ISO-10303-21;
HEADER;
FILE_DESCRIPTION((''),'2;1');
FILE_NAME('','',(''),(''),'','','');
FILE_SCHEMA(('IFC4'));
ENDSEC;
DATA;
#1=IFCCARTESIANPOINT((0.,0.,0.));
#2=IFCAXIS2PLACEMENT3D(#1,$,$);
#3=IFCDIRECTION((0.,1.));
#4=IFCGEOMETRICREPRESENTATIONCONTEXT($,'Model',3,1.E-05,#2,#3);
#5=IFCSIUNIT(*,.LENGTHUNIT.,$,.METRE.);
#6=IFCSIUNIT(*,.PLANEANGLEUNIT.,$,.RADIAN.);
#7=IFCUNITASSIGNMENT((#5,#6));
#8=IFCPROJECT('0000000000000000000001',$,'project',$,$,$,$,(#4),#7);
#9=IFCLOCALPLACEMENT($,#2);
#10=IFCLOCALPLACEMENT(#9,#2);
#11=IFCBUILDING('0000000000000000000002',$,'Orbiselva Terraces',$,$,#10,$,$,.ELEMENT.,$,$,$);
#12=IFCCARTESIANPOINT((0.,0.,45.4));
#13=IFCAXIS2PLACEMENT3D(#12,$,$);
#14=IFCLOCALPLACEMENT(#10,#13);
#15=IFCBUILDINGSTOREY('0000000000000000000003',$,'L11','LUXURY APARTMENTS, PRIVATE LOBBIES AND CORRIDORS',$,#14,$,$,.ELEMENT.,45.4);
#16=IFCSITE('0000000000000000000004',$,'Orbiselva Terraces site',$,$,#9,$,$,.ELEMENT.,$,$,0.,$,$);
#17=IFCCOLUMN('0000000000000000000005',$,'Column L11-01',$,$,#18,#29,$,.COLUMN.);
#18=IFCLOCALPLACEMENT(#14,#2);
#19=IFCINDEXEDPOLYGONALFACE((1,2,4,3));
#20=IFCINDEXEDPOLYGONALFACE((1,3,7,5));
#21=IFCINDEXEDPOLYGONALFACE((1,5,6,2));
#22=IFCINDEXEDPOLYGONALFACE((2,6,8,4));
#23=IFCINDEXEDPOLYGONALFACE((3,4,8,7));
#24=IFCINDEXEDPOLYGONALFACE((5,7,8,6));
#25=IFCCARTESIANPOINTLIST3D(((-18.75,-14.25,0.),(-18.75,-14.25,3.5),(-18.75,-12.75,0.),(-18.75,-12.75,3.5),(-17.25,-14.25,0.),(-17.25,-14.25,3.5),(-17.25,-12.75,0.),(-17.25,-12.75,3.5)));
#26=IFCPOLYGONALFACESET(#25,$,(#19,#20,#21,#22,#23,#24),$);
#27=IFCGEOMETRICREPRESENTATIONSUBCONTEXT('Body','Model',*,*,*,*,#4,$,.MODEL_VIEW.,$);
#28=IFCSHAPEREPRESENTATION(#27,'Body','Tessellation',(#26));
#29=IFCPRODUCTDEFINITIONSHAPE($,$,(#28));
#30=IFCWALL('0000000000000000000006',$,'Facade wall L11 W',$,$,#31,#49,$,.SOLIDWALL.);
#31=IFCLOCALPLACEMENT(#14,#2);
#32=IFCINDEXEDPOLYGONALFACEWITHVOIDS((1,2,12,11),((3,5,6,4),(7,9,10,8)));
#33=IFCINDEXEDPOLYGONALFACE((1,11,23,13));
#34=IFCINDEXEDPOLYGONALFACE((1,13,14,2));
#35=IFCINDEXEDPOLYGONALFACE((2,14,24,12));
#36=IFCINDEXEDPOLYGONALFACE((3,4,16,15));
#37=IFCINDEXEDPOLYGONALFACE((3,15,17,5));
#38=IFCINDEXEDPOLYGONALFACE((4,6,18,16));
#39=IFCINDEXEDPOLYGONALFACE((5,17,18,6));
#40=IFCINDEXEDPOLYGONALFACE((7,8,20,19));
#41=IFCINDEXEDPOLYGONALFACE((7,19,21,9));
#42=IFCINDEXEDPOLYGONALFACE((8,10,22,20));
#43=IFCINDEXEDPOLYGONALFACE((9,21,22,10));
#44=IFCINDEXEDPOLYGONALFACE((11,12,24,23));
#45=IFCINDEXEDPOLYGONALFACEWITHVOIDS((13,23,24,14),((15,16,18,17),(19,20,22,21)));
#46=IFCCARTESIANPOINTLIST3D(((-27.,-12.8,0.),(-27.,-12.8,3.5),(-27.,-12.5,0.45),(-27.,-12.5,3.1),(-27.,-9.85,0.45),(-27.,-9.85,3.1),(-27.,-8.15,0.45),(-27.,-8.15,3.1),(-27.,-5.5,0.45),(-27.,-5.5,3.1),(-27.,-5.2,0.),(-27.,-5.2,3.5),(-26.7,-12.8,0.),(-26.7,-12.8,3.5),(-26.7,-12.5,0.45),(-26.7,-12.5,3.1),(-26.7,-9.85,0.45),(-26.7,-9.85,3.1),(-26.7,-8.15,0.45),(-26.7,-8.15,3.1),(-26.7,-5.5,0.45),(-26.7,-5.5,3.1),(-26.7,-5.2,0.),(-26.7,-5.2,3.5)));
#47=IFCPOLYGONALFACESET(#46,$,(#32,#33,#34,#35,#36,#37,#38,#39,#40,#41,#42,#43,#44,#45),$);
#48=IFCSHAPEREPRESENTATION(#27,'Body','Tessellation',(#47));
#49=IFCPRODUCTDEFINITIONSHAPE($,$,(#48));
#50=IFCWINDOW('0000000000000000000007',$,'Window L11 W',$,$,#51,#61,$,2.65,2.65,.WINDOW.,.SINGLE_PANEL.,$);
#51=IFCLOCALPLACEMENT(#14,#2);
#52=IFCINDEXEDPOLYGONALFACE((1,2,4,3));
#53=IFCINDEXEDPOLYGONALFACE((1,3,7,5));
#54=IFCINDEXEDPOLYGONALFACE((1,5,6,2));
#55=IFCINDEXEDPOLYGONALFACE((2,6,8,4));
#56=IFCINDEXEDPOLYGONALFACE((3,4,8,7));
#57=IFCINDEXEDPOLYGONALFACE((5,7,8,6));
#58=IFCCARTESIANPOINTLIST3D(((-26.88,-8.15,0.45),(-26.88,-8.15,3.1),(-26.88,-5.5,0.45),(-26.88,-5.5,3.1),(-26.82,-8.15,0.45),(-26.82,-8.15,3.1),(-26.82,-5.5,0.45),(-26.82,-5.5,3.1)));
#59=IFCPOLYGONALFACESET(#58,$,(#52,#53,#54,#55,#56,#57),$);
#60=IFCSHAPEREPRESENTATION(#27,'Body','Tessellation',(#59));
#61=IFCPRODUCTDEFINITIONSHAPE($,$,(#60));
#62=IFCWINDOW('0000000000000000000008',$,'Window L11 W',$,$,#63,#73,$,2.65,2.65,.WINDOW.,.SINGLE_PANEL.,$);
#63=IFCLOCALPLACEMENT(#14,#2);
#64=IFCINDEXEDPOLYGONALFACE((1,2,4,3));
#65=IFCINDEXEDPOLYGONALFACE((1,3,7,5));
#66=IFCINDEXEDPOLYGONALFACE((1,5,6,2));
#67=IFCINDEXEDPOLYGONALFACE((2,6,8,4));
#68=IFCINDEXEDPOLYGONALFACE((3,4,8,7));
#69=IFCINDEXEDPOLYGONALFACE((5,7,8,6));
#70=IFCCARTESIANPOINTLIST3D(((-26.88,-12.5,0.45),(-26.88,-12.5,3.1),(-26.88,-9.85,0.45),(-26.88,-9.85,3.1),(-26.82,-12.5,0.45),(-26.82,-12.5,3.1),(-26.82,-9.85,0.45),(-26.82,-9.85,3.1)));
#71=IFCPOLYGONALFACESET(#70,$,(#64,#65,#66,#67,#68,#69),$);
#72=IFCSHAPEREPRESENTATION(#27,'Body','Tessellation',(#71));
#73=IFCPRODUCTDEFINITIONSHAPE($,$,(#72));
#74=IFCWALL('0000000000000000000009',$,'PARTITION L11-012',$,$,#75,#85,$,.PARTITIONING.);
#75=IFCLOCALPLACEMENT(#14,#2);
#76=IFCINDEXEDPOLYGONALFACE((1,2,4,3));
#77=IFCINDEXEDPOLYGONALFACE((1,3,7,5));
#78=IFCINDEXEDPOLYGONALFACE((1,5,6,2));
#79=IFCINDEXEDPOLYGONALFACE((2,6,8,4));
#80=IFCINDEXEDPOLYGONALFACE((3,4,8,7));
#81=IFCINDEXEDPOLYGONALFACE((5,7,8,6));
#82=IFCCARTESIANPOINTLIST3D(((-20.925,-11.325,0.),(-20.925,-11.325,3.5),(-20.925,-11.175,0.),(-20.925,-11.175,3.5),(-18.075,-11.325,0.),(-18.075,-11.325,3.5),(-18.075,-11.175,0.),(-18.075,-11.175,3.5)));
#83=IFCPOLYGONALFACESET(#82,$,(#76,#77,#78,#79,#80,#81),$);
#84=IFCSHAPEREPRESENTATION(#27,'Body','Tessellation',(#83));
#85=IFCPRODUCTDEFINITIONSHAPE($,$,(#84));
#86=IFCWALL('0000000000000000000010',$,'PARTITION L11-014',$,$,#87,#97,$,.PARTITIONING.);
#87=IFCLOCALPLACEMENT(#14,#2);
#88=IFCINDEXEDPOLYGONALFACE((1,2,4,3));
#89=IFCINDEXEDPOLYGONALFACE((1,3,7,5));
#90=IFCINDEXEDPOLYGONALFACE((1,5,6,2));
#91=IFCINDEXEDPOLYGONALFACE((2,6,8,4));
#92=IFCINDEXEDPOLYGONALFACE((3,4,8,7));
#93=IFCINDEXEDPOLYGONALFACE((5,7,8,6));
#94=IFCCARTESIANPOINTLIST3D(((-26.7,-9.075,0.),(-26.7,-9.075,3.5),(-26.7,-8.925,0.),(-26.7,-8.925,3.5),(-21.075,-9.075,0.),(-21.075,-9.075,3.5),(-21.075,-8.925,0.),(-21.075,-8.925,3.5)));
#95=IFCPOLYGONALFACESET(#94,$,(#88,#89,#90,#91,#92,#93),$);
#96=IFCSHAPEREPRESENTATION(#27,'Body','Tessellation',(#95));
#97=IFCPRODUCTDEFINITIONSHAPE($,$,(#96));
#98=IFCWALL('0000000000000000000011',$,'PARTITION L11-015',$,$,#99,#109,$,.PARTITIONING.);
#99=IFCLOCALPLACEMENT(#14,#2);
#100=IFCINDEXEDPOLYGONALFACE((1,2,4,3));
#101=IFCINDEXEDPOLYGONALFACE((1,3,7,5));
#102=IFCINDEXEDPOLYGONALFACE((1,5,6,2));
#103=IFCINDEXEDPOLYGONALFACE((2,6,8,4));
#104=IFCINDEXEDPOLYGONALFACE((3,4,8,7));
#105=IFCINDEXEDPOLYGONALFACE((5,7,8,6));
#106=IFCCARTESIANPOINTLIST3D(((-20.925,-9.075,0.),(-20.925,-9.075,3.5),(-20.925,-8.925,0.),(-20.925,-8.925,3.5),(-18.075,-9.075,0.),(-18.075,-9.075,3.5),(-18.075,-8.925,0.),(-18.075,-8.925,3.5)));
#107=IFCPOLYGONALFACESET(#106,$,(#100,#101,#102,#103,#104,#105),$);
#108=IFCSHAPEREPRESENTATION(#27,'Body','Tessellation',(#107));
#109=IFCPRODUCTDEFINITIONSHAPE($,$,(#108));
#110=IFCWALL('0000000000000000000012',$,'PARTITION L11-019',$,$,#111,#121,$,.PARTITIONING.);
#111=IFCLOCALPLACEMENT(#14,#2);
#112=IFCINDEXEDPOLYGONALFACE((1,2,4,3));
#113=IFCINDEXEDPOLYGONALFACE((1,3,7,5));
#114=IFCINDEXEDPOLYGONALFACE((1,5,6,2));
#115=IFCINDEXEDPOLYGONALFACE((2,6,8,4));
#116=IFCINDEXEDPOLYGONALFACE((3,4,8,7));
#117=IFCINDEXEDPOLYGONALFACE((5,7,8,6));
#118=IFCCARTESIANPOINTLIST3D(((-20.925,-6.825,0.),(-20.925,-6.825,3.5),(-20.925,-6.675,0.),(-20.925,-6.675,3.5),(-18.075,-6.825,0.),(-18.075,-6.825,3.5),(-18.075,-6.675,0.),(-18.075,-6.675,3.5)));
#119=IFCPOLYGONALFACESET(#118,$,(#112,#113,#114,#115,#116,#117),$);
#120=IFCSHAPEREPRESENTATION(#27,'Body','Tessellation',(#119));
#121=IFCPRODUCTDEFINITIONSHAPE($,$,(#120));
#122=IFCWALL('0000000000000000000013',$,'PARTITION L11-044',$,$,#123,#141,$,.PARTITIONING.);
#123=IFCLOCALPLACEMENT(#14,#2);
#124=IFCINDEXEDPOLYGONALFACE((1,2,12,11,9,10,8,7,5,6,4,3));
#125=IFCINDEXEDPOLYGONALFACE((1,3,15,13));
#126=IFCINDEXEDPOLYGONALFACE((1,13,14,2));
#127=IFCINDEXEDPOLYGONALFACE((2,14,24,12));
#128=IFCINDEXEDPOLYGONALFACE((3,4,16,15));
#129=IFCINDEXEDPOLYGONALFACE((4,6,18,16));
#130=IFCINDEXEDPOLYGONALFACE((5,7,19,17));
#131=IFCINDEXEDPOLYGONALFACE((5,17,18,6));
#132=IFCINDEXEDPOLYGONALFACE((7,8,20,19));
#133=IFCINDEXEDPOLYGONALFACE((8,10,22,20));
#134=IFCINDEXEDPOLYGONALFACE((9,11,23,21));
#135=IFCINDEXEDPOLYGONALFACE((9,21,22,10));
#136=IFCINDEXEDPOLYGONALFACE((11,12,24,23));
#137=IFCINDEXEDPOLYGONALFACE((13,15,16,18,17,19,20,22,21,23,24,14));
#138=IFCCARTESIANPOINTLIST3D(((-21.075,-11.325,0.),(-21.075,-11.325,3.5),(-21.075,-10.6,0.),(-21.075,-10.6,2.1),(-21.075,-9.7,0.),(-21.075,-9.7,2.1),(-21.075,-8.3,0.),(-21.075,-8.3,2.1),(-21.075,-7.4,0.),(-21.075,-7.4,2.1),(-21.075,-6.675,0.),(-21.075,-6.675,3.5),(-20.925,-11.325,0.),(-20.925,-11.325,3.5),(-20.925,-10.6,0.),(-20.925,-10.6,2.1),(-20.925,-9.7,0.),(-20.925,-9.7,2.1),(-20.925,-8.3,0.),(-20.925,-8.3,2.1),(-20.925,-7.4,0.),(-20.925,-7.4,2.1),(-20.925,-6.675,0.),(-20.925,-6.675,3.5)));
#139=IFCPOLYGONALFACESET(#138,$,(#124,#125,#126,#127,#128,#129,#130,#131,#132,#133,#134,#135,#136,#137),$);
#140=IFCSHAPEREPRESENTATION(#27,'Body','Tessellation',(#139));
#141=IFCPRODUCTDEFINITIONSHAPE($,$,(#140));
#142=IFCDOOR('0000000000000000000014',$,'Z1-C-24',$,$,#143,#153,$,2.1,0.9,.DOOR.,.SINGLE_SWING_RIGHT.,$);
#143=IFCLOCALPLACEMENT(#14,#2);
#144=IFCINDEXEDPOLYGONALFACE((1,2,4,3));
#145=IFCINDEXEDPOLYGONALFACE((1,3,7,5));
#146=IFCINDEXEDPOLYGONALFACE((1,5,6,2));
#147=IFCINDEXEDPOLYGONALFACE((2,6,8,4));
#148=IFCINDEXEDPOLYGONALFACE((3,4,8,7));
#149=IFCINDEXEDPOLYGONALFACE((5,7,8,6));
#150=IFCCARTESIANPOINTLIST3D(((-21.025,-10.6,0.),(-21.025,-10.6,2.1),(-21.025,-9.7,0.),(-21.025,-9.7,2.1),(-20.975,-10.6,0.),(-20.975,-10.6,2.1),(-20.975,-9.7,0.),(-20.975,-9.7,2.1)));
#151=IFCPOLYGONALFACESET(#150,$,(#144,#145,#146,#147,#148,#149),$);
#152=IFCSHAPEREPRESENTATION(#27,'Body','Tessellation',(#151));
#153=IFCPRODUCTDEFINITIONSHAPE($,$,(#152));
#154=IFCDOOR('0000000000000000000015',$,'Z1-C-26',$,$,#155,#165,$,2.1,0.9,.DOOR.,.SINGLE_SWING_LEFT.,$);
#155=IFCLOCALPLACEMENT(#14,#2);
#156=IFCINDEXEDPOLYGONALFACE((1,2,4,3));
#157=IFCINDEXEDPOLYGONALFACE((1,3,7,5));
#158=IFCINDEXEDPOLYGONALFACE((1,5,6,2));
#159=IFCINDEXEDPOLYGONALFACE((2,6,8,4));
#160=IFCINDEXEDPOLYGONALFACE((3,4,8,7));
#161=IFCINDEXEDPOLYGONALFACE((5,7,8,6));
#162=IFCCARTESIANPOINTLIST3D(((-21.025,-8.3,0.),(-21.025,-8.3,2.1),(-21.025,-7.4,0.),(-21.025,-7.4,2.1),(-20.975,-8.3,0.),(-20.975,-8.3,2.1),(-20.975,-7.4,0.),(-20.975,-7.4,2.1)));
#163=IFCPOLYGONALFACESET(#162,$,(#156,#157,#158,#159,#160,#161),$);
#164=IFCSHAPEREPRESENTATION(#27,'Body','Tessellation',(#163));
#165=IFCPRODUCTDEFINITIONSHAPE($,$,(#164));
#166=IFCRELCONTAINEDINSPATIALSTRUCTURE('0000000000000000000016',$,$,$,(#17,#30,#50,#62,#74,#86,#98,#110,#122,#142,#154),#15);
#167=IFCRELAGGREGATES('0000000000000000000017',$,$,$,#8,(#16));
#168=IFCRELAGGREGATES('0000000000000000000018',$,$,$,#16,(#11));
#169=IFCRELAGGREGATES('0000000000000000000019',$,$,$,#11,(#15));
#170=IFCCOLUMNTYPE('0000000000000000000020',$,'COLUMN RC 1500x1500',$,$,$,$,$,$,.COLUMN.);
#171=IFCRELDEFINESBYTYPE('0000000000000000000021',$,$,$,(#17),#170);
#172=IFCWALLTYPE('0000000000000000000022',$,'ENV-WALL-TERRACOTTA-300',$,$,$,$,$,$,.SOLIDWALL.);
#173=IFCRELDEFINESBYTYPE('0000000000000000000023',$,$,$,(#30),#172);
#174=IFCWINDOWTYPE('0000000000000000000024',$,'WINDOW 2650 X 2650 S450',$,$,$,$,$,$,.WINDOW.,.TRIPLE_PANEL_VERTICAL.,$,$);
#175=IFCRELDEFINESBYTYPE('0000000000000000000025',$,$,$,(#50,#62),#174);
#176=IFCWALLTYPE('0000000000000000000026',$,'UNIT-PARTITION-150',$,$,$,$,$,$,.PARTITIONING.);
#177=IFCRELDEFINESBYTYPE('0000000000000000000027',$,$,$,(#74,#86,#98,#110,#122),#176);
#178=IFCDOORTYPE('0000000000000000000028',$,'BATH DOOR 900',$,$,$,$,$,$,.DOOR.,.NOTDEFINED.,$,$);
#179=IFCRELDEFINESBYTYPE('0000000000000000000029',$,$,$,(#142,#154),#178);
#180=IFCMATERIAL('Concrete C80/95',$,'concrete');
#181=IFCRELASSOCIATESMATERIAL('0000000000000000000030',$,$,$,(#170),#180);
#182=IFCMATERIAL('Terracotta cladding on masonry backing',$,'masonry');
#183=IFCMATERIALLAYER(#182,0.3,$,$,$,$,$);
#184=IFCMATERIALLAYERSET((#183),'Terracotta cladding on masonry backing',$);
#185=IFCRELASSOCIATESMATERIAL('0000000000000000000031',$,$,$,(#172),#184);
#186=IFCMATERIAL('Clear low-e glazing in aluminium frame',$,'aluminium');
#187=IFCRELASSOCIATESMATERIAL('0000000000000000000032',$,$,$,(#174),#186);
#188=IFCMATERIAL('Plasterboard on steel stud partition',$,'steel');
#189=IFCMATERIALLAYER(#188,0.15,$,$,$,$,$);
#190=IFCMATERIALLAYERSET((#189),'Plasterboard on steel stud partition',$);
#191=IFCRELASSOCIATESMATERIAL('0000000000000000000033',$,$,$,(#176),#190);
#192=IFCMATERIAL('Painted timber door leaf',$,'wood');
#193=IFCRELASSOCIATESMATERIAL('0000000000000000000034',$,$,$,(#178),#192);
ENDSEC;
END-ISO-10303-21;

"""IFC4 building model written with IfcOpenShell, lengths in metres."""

from ifc_helpers import new_model, si_unit, direction, frame, frame_2d, origin, origin_2d, place, context, subcontext, project, spatial, rectangle, extrude, material, layer, layer_set, material_profile, profile_set, type_object, element, fill, save


model = new_model("IFC4")

# Units and contexts
model_context = context("Model", 3, precision=1e-05, world=origin(), true_north=direction((0.0, 1.0)))
body_context = subcontext(model_context, "Body", "Model", "MODEL_VIEW")
ifc_project = project(units=[si_unit("LENGTHUNIT", "METRE"), si_unit("PLANEANGLEUNIT", "RADIAN")], contexts=[model_context])

# Site, building, storey
site_placement = place(None, origin())
site = spatial("IfcSite", under=ifc_project, at=site_placement, Name="Orbiselva Terraces site", CompositionType="ELEMENT", RefElevation=0.0)
building_placement = place(site_placement, origin())
building = spatial("IfcBuilding", under=site, at=building_placement, Name="Orbiselva Terraces", CompositionType="ELEMENT")
storey_placement = place(building_placement, frame((0.0, 0.0, 45.4)))
storey = spatial("IfcBuildingStorey", under=building, at=storey_placement, Name="L11", Description="LUXURY APARTMENTS, PRIVATE LOBBIES AND CORRIDORS", CompositionType="ELEMENT", Elevation=45.4)

# Column
ifc_material_1 = material(Name="Concrete C80/95", Category="concrete")
ifc_material_profile = material_profile(ifc_material_1, rectangle(XDim=1.5, YDim=1.5, at=origin_2d()), Name="RC 1500x1500")
ifc_profile_set = profile_set([ifc_material_profile], Name="Concrete C80/95")
column_type = type_object("IfcColumnType", Name="COLUMN RC 1500x1500", PredefinedType="COLUMN", material=ifc_profile_set)
column_placement = place(storey_placement, frame((-18.0, -13.5, 0.0), z_axis=(0.0, 0.0, 1.0), x_axis=(1.0, 0.0, 0.0)))
element("IfcColumn", 1, at=column_placement, inside=storey, type_object=column_type, Name="Column L11-01", PredefinedType="COLUMN", context=body_context, shape_type="SweptSolid", body=[
    extrude(rectangle(XDim=1.5, YDim=1.5, at=origin_2d()), origin(), (0.0, 0.0, 1.0), 3.5),
])

# Wall, openings, windows
ifc_material_2 = material(Name="Terracotta cladding on masonry backing", Category="masonry")
ifc_layer_1 = layer(ifc_material_2, 0.3)
ifc_layer_set_1 = layer_set([ifc_layer_1], Name="Terracotta cladding on masonry backing")
wall_type_1 = type_object("IfcWallType", Name="ENV-WALL-TERRACOTTA-300", PredefinedType="SOLIDWALL", material=ifc_layer_set_1)
wall_1_placement = place(storey_placement, frame((-26.85, -12.8, 0.0), z_axis=(0.0, 0.0, 1.0), x_axis=(0.0, 1.0, 0.0)))
wall_1 = element("IfcWall", 2, at=wall_1_placement, inside=storey, type_object=wall_type_1, Name="Facade wall L11 W", PredefinedType="SOLIDWALL", context=body_context, shape_type="SweptSolid", body=[
    extrude(rectangle(XDim=7.6, YDim=0.3, at=frame_2d((3.8, 0.0))), origin(), (0.0, 0.0, 1.0), 3.5),
])
opening_1_placement = place(wall_1_placement, frame((4.65, 0.0, 0.45)))
opening_1 = element("IfcOpeningElement", 3, at=opening_1_placement, cuts=wall_1, PredefinedType="OPENING", context=body_context, shape_type="SweptSolid", body=[
    extrude(rectangle(XDim=2.65, YDim=2.65, at=frame_2d((1.325, 1.325))), frame((0.0, 0.16, 0.0), z_axis=(0.0, -1.0, 0.0), x_axis=(1.0, 0.0, 0.0)), (0.0, 0.0, 1.0), 0.32),
])
opening_2_placement = place(wall_1_placement, frame((0.3, 0.0, 0.45)))
opening_2 = element("IfcOpeningElement", 4, at=opening_2_placement, cuts=wall_1, PredefinedType="OPENING", context=body_context, shape_type="SweptSolid", body=[
    extrude(rectangle(XDim=2.65, YDim=2.65, at=frame_2d((1.325, 1.325))), frame((0.0, 0.16, 0.0), z_axis=(0.0, -1.0, 0.0), x_axis=(1.0, 0.0, 0.0)), (0.0, 0.0, 1.0), 0.32),
])
ifc_material_3 = material(Name="Clear low-e glazing in aluminium frame", Category="aluminium")
window_type = type_object("IfcWindowType", Name="WINDOW 2650 X 2650 S450", PartitioningType="TRIPLE_PANEL_VERTICAL", PredefinedType="WINDOW", material=ifc_material_3)
window_1_placement = place(opening_1_placement, origin())
window_1 = element("IfcWindow", 5, at=window_1_placement, inside=storey, type_object=window_type, Name="Window L11 W", OverallHeight=2.65, OverallWidth=2.65, PartitioningType="SINGLE_PANEL", PredefinedType="WINDOW", context=body_context, shape_type="SweptSolid", body=[
    extrude(rectangle(XDim=2.65, YDim=2.65, at=frame_2d((1.325, 1.325))), frame((0.0, 0.03, 0.0), z_axis=(0.0, -1.0, 0.0), x_axis=(1.0, 0.0, 0.0)), (0.0, 0.0, 1.0), 0.06),
])
fill(opening_1, window_1)
window_2_placement = place(opening_2_placement, origin())
window_2 = element("IfcWindow", 6, at=window_2_placement, inside=storey, type_object=window_type, Name="Window L11 W", OverallHeight=2.65, OverallWidth=2.65, PartitioningType="SINGLE_PANEL", PredefinedType="WINDOW", context=body_context, shape_type="SweptSolid", body=[
    extrude(rectangle(XDim=2.65, YDim=2.65, at=frame_2d((1.325, 1.325))), frame((0.0, 0.03, 0.0), z_axis=(0.0, -1.0, 0.0), x_axis=(1.0, 0.0, 0.0)), (0.0, 0.0, 1.0), 0.06),
])
fill(opening_2, window_2)

# Walls
ifc_material_4 = material(Name="Plasterboard on steel stud partition", Category="steel")
ifc_layer_2 = layer(ifc_material_4, 0.15)
ifc_layer_set_2 = layer_set([ifc_layer_2], Name="Plasterboard on steel stud partition")
wall_type_2 = type_object("IfcWallType", Name="UNIT-PARTITION-150", PredefinedType="PARTITIONING", material=ifc_layer_set_2)
wall_2_placement = place(storey_placement, frame((-20.925, -11.25, 0.0), z_axis=(0.0, 0.0, 1.0), x_axis=(1.0, 0.0, 0.0)))
element("IfcWall", 7, at=wall_2_placement, inside=storey, type_object=wall_type_2, Name="PARTITION L11-012", PredefinedType="PARTITIONING", context=body_context, shape_type="SweptSolid", body=[
    extrude(rectangle(XDim=2.85, YDim=0.15, at=frame_2d((1.425, 0.0))), origin(), (0.0, 0.0, 1.0), 3.5),
])
wall_3_placement = place(storey_placement, frame((-26.7, -9.0, 0.0), z_axis=(0.0, 0.0, 1.0), x_axis=(1.0, 0.0, 0.0)))
element("IfcWall", 8, at=wall_3_placement, inside=storey, type_object=wall_type_2, Name="PARTITION L11-014", PredefinedType="PARTITIONING", context=body_context, shape_type="SweptSolid", body=[
    extrude(rectangle(XDim=5.625, YDim=0.15, at=frame_2d((2.8125, 0.0))), origin(), (0.0, 0.0, 1.0), 3.5),
])
for number, where, z_axis, x_axis, name in (
    (9, (-20.925, -9.0, 0.0), (0.0, 0.0, 1.0), (1.0, 0.0, 0.0), "PARTITION L11-015"),
    (10, (-20.925, -6.75, 0.0), (0.0, 0.0, 1.0), (1.0, 0.0, 0.0), "PARTITION L11-019"),
):
    element("IfcWall", number, at=place(storey_placement, frame(where, z_axis=z_axis, x_axis=x_axis)), inside=storey, type_object=wall_type_2, Name=name, PredefinedType="PARTITIONING", context=body_context, shape_type="SweptSolid", body=[
        extrude(rectangle(XDim=2.85, YDim=0.15, at=frame_2d((1.425, 0.0))), origin(), (0.0, 0.0, 1.0), 3.5),
    ])

# Wall, openings, doors
wall_4_placement = place(storey_placement, frame((-21.0, -6.675, 0.0), z_axis=(0.0, 0.0, 1.0), x_axis=(0.0, -1.0, 0.0)))
wall_4 = element("IfcWall", 11, at=wall_4_placement, inside=storey, type_object=wall_type_2, Name="PARTITION L11-044", PredefinedType="PARTITIONING", context=body_context, shape_type="SweptSolid", body=[
    extrude(rectangle(XDim=4.65, YDim=0.15, at=frame_2d((2.325, 0.0))), origin(), (0.0, 0.0, 1.0), 3.5),
])
opening_3_placement = place(wall_4_placement, frame((3.025, 0.0, 0.0)))
opening_3 = element("IfcOpeningElement", 12, at=opening_3_placement, cuts=wall_4, PredefinedType="OPENING", context=body_context, shape_type="SweptSolid", body=[
    extrude(rectangle(XDim=0.9, YDim=2.1, at=frame_2d((0.45, 1.05))), frame((0.0, 0.085, 0.0), z_axis=(0.0, -1.0, 0.0), x_axis=(1.0, 0.0, 0.0)), (0.0, 0.0, 1.0), 0.17),
])
opening_4_placement = place(wall_4_placement, frame((0.725, 0.0, 0.0)))
opening_4 = element("IfcOpeningElement", 13, at=opening_4_placement, cuts=wall_4, PredefinedType="OPENING", context=body_context, shape_type="SweptSolid", body=[
    extrude(rectangle(XDim=0.9, YDim=2.1, at=frame_2d((0.45, 1.05))), frame((0.0, 0.085, 0.0), z_axis=(0.0, -1.0, 0.0), x_axis=(1.0, 0.0, 0.0)), (0.0, 0.0, 1.0), 0.17),
])
ifc_material_5 = material(Name="Painted timber door leaf", Category="wood")
door_type_1 = type_object("IfcDoorType", Name="BATH DOOR 900", OperationType="NOTDEFINED", PredefinedType="DOOR", material=ifc_material_5)
door_1_placement = place(opening_3_placement, origin())
door_1 = element("IfcDoor", 14, at=door_1_placement, inside=storey, type_object=door_type_1, Name="Z1-C-24", OperationType="SINGLE_SWING_RIGHT", OverallHeight=2.1, OverallWidth=0.9, PredefinedType="DOOR", context=body_context, shape_type="SweptSolid", body=[
    extrude(rectangle(XDim=0.9, YDim=2.1, at=frame_2d((0.45, 1.05))), frame((0.0, 0.025, 0.0), z_axis=(0.0, -1.0, 0.0), x_axis=(1.0, 0.0, 0.0)), (0.0, 0.0, 1.0), 0.05),
])
fill(opening_3, door_1)
door_2_placement = place(opening_4_placement, origin())
door_2 = element("IfcDoor", 15, at=door_2_placement, inside=storey, type_object=door_type_1, Name="Z1-C-26", OperationType="SINGLE_SWING_LEFT", OverallHeight=2.1, OverallWidth=0.9, PredefinedType="DOOR", context=body_context, shape_type="SweptSolid", body=[
    extrude(rectangle(XDim=0.9, YDim=2.1, at=frame_2d((0.45, 1.05))), frame((0.0, 0.025, 0.0), z_axis=(0.0, -1.0, 0.0), x_axis=(1.0, 0.0, 0.0)), (0.0, 0.0, 1.0), 0.05),
])
fill(opening_4, door_2)

save(model, "model.ifc")
